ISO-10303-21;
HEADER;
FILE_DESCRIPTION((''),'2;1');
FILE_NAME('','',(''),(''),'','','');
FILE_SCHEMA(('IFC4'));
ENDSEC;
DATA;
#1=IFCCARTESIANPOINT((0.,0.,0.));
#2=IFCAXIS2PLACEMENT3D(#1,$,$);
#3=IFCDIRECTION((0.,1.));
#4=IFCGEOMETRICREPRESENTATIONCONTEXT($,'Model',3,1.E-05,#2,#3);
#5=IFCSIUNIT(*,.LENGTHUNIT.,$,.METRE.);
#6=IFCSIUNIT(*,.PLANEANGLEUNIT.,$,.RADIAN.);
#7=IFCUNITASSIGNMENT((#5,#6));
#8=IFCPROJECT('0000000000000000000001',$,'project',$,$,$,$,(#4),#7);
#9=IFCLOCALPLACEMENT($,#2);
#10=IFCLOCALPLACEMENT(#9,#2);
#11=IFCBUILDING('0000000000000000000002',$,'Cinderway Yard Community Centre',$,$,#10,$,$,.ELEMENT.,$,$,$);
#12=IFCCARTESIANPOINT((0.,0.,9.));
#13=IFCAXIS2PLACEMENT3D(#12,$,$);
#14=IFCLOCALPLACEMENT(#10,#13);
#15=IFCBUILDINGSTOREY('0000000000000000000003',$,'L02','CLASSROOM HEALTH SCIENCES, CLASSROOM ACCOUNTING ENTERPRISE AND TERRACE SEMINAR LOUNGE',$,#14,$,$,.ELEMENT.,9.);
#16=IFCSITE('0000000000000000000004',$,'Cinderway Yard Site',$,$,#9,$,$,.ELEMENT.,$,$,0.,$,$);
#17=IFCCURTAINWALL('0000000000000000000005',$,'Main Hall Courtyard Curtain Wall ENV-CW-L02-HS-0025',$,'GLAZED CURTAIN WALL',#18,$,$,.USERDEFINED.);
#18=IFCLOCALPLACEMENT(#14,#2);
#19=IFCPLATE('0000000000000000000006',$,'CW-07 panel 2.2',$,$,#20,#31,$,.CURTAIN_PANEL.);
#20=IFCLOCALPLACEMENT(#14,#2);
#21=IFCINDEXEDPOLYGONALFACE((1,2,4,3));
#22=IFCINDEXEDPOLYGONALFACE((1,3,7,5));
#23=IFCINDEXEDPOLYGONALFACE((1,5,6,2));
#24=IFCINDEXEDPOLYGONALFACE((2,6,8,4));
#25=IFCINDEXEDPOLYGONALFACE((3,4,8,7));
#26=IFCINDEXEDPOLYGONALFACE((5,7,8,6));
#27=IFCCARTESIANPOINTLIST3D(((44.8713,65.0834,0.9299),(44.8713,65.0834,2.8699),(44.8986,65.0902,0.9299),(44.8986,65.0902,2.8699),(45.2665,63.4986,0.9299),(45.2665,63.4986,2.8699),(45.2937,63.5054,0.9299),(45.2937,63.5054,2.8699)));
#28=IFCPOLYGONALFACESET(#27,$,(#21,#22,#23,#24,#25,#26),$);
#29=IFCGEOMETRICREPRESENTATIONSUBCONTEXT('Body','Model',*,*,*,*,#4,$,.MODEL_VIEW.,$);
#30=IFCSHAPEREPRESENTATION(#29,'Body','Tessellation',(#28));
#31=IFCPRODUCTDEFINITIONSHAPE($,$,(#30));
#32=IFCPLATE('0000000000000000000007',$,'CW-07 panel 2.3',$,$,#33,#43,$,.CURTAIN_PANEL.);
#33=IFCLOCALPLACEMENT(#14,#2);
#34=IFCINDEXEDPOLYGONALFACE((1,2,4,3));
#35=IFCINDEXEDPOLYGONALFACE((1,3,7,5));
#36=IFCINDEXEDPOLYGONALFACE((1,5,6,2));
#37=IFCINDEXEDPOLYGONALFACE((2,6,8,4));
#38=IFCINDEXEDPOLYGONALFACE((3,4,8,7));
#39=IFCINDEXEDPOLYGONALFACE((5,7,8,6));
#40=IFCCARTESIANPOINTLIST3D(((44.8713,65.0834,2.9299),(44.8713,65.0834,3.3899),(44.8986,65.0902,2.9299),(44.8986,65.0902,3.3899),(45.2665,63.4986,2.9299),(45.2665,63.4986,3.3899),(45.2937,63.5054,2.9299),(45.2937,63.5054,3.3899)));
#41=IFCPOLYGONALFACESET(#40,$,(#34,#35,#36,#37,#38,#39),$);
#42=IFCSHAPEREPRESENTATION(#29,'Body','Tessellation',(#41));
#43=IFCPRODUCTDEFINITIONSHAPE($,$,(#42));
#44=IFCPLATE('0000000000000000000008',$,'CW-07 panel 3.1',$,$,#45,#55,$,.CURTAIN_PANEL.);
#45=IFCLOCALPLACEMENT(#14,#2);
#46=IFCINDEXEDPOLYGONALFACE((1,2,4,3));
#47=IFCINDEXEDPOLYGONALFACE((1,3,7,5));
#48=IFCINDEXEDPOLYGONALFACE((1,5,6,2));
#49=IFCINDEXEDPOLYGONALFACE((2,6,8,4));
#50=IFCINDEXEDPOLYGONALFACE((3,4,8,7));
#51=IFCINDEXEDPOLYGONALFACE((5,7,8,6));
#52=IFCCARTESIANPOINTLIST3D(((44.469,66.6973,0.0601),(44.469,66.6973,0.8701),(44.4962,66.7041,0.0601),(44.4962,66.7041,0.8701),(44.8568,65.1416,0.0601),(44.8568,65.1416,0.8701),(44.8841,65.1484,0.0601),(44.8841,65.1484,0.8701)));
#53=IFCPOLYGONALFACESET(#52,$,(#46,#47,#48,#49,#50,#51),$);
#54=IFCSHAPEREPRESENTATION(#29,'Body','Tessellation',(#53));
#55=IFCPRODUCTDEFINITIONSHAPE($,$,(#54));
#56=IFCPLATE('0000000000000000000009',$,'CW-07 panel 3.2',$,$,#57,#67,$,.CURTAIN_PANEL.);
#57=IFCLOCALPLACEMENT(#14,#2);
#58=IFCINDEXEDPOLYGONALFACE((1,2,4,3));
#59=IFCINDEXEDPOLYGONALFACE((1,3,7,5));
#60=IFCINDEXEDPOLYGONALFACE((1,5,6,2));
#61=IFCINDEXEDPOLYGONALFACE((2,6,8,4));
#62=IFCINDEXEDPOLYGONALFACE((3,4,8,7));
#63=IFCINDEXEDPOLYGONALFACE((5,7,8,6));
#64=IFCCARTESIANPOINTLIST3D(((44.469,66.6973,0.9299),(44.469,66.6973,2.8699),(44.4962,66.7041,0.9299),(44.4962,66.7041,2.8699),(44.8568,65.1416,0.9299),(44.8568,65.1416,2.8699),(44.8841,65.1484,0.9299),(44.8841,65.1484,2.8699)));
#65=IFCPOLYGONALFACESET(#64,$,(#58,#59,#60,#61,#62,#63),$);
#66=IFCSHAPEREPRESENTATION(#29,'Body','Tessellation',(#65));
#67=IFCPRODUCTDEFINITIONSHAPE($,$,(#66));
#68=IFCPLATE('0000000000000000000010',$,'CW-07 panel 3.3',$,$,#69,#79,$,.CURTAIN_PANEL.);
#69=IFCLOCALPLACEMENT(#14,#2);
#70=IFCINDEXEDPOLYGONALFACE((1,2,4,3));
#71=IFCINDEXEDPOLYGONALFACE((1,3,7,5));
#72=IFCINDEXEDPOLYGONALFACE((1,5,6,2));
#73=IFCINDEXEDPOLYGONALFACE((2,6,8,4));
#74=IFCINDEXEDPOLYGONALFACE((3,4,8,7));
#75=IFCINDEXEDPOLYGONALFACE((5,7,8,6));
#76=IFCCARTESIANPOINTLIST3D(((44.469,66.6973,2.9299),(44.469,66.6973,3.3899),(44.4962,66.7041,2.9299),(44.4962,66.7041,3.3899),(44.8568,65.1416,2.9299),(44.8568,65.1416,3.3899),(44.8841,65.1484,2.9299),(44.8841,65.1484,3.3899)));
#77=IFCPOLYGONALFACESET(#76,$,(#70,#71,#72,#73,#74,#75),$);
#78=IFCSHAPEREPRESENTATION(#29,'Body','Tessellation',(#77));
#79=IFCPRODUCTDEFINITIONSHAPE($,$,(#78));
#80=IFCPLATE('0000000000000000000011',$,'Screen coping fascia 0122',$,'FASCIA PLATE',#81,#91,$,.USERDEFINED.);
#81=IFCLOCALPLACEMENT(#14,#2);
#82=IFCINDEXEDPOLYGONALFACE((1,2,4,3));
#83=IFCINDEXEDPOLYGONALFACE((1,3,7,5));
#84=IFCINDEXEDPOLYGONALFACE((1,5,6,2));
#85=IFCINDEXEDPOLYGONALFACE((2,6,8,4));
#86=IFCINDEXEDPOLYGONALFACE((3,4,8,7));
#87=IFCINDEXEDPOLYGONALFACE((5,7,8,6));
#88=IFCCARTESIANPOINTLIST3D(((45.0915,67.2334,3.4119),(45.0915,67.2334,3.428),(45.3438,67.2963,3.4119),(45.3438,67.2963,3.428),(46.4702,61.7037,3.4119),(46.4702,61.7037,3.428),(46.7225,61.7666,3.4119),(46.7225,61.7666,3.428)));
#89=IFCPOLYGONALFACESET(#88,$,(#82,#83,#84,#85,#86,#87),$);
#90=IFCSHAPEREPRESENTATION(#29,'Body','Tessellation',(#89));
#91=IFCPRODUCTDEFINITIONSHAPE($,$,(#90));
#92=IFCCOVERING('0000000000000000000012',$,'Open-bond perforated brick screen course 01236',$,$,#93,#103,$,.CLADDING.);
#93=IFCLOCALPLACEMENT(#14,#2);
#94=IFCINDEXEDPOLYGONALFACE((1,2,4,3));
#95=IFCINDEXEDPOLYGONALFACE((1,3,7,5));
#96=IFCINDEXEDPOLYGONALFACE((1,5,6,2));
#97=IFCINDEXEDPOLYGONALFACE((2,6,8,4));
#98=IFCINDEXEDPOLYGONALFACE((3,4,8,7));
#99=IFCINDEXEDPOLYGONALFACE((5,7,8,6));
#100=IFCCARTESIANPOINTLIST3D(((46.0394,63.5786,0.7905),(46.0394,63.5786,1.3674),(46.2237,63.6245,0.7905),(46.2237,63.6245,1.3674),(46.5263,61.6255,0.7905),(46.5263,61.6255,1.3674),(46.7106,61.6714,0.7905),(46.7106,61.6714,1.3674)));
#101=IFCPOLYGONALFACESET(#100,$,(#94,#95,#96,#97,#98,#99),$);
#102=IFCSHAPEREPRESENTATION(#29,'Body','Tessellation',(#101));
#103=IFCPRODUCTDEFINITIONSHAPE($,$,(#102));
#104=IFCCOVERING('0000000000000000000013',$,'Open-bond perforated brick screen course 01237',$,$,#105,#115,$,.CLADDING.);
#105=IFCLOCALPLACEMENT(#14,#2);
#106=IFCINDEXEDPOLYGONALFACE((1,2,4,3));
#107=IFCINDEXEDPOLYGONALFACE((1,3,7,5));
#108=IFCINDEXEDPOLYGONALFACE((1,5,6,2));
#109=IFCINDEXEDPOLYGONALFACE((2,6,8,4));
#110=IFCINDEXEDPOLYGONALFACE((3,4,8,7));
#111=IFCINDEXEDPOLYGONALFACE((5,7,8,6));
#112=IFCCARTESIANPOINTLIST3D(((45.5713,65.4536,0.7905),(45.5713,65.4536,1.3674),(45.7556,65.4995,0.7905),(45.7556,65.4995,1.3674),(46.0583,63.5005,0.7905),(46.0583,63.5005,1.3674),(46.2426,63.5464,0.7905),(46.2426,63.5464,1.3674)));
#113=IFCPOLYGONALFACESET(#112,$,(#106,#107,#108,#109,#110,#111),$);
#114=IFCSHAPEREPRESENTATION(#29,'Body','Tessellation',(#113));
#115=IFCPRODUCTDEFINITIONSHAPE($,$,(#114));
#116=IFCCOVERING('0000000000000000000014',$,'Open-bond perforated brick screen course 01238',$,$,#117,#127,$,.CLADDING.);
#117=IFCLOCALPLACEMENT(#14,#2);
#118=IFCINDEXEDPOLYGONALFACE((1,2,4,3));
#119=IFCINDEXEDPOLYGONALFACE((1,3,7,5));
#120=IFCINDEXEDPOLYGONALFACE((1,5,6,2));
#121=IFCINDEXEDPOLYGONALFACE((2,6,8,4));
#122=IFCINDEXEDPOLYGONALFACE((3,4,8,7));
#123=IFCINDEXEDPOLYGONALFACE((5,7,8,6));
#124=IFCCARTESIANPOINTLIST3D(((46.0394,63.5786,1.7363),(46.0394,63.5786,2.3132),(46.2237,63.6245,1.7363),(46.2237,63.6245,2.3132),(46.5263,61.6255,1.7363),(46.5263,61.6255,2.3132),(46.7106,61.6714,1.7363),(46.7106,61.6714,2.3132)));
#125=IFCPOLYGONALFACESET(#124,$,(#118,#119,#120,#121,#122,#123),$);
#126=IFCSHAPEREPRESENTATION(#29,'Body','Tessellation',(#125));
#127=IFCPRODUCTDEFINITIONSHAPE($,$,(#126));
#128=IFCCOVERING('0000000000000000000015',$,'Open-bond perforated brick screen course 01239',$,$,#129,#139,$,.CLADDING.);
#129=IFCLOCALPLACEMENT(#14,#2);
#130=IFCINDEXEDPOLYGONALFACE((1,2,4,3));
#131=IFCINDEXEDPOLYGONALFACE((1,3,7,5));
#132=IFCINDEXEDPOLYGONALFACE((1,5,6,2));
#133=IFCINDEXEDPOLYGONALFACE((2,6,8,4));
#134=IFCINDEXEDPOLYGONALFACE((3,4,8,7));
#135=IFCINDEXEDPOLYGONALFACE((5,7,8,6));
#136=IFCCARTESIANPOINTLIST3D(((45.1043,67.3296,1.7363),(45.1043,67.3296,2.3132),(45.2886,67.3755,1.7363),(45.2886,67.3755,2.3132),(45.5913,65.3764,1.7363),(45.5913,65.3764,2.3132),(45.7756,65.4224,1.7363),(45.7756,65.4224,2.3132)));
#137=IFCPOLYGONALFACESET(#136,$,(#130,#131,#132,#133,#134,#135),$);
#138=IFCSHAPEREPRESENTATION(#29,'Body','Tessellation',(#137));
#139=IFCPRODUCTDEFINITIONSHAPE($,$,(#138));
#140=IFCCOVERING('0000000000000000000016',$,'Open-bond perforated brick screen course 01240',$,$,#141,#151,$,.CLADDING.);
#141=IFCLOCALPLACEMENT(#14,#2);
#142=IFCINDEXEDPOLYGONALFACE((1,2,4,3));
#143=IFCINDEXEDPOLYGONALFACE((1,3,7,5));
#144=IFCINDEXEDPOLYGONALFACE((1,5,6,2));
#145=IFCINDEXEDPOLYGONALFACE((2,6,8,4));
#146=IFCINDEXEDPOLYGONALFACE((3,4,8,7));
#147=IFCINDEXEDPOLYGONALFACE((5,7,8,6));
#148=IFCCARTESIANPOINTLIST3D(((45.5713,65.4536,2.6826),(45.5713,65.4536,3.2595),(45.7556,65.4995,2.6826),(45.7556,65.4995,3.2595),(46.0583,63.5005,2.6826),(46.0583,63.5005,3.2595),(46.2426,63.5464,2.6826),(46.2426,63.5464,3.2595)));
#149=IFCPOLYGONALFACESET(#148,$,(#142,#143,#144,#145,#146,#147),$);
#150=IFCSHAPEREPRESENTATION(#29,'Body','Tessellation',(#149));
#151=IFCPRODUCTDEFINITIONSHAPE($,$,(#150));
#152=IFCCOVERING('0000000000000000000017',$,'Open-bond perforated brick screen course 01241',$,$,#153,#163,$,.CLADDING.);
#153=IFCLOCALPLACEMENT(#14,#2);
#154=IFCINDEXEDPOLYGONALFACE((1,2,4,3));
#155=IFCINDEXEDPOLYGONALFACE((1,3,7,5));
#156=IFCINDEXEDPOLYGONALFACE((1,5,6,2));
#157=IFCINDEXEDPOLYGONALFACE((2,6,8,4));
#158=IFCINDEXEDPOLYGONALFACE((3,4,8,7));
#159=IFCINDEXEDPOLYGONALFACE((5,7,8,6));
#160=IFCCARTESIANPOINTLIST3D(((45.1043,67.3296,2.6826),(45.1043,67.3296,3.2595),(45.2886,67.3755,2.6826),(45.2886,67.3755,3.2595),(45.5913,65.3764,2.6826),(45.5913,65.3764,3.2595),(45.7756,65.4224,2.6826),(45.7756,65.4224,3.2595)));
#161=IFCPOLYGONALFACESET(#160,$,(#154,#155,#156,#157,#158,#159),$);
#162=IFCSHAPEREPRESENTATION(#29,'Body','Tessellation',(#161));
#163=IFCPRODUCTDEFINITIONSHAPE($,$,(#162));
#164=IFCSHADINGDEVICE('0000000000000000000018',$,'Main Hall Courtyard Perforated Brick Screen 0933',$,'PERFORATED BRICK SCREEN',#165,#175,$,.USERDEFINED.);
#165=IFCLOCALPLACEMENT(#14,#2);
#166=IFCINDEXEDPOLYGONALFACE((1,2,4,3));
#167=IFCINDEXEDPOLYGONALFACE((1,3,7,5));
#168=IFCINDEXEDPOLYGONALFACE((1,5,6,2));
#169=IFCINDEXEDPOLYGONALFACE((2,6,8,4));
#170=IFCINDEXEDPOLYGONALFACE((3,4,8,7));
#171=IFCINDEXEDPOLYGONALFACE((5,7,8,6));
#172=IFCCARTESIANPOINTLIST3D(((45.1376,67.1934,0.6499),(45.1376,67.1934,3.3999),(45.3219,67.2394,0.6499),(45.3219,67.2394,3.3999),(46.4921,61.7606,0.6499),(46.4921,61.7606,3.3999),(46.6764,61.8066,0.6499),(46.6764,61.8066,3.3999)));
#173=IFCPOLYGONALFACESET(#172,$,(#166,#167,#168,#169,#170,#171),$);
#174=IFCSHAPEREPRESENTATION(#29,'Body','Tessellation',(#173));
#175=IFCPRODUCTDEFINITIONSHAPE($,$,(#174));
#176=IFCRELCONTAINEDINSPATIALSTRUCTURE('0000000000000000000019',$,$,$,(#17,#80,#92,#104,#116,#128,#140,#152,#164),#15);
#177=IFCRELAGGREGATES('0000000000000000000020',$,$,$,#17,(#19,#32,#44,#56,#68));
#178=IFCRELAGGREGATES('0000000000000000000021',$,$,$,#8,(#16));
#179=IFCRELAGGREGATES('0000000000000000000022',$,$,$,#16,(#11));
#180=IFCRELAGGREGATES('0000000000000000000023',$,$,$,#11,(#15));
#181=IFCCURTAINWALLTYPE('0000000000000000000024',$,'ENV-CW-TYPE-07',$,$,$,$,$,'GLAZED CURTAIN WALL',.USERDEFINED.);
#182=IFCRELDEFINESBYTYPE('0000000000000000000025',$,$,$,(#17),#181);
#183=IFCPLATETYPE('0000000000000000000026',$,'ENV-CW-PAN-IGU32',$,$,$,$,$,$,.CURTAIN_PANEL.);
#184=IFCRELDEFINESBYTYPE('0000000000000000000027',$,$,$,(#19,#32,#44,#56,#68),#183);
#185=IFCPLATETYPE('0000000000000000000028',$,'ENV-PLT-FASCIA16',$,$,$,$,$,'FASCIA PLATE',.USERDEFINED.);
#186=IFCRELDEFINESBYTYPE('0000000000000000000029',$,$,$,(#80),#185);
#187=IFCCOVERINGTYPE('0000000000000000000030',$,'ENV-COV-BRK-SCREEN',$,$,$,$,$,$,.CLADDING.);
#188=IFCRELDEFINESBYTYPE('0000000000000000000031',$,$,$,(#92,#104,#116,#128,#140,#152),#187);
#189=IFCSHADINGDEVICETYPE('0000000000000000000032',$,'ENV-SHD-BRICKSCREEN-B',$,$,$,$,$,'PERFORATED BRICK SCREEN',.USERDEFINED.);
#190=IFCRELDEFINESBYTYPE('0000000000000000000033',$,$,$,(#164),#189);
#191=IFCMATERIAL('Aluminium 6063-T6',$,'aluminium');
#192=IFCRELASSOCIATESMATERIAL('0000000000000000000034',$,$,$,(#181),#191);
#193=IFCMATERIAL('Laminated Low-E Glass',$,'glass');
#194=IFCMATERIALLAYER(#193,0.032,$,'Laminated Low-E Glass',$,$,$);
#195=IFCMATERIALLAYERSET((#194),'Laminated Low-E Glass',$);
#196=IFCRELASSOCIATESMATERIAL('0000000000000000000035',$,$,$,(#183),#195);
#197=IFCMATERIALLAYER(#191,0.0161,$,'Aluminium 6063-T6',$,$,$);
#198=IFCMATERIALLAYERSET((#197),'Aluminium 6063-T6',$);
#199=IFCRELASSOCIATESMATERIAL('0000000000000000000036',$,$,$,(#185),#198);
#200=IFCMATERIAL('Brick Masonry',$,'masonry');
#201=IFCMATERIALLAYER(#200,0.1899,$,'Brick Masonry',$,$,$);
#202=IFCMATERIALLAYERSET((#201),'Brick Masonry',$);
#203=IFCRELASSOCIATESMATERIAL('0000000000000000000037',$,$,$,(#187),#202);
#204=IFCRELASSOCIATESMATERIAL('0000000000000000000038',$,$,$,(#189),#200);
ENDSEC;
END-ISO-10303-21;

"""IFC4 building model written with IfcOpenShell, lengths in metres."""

from ifc_helpers import new_model, si_unit, direction, frame, origin, origin_2d, place, context, subcontext, project, spatial, rectangle, extrude, material, layer, layer_set, type_object, element, aggregate, save


model = new_model("IFC4")

# Units and contexts
model_context = context("Model", 3, precision=1e-05, world=origin(), true_north=direction((0.0, 1.0)))
body_context = subcontext(model_context, "Body", "Model", "MODEL_VIEW")
ifc_project = project(units=[si_unit("LENGTHUNIT", "METRE"), si_unit("PLANEANGLEUNIT", "RADIAN")], contexts=[model_context])

# Site, building, storey
site_placement = place(None, origin())
site = spatial("IfcSite", under=ifc_project, at=site_placement, Name="Cinderway Yard Site", CompositionType="ELEMENT", RefElevation=0.0)
building_placement = place(site_placement, origin())
building = spatial("IfcBuilding", under=site, at=building_placement, Name="Cinderway Yard Community Centre", CompositionType="ELEMENT")
storey_placement = place(building_placement, frame((0.0, 0.0, 9.0)))
storey = spatial("IfcBuildingStorey", under=building, at=storey_placement, Name="L02", Description="CLASSROOM HEALTH SCIENCES, CLASSROOM ACCOUNTING ENTERPRISE AND TERRACE SEMINAR LOUNGE", CompositionType="ELEMENT", Elevation=9.0)

# Curtain wall
ifc_material_1 = material(Name="Aluminium 6063-T6", Category="aluminium")
curtain_wall_type = type_object("IfcCurtainWallType", Name="ENV-CW-TYPE-07", ElementType="GLAZED CURTAIN WALL", PredefinedType="USERDEFINED", material=ifc_material_1)
curtain_wall_placement = place(storey_placement, origin())
curtain_wall = element("IfcCurtainWall", 1, at=curtain_wall_placement, inside=storey, type_object=curtain_wall_type, Name="Main Hall Courtyard Curtain Wall ENV-CW-L02-HS-0025", ObjectType="GLAZED CURTAIN WALL", PredefinedType="USERDEFINED")

# Plates
ifc_material_2 = material(Name="Laminated Low-E Glass", Category="glass")
ifc_layer_1 = layer(ifc_material_2, 0.032, Name="Laminated Low-E Glass")
ifc_layer_set_1 = layer_set([ifc_layer_1], Name="Laminated Low-E Glass")
plate_type_1 = type_object("IfcPlateType", Name="ENV-CW-PAN-IGU32", PredefinedType="CURTAIN_PANEL", material=ifc_layer_set_1)
plate_1_placement = place(storey_placement, frame((45.0825, 64.2944, 0.9299), z_axis=(0.0, 0.0, 1.0), x_axis=(-0.241933, 0.970293, 0.0)))
plate_1 = element("IfcPlate", 2, at=plate_1_placement, type_object=plate_type_1, Name="CW-07 panel 2.2", PredefinedType="CURTAIN_PANEL", context=body_context, shape_type="SweptSolid", body=[
    extrude(rectangle(XDim=1.6333, YDim=0.0281, at=origin_2d()), origin(), (0.0, 0.0, 1.0), 1.9399),
])
plate_2_placement = place(storey_placement, frame((45.0825, 64.2944, 2.9299), z_axis=(0.0, 0.0, 1.0), x_axis=(-0.241933, 0.970293, 0.0)))
plate_2 = element("IfcPlate", 3, at=plate_2_placement, type_object=plate_type_1, Name="CW-07 panel 2.3", PredefinedType="CURTAIN_PANEL", context=body_context, shape_type="SweptSolid", body=[
    extrude(rectangle(XDim=1.6333, YDim=0.0281, at=origin_2d()), origin(), (0.0, 0.0, 1.0), 0.46),
])
plate_3_placement = place(storey_placement, frame((44.6765, 65.9229, 0.0601), z_axis=(0.0, 0.0, 1.0), x_axis=(-0.241933, 0.970293, 0.0)))
plate_3 = element("IfcPlate", 4, at=plate_3_placement, type_object=plate_type_1, Name="CW-07 panel 3.1", PredefinedType="CURTAIN_PANEL", context=body_context, shape_type="SweptSolid", body=[
    extrude(rectangle(XDim=1.6033, YDim=0.0281, at=origin_2d()), origin(), (0.0, 0.0, 1.0), 0.8101),
])
plate_4_placement = place(storey_placement, frame((44.6765, 65.9229, 0.9299), z_axis=(0.0, 0.0, 1.0), x_axis=(-0.241933, 0.970293, 0.0)))
plate_4 = element("IfcPlate", 5, at=plate_4_placement, type_object=plate_type_1, Name="CW-07 panel 3.2", PredefinedType="CURTAIN_PANEL", context=body_context, shape_type="SweptSolid", body=[
    extrude(rectangle(XDim=1.6033, YDim=0.0281, at=origin_2d()), origin(), (0.0, 0.0, 1.0), 1.9399),
])
plate_5_placement = place(storey_placement, frame((44.6765, 65.9229, 2.9299), z_axis=(0.0, 0.0, 1.0), x_axis=(-0.241933, 0.970293, 0.0)))
plate_5 = element("IfcPlate", 6, at=plate_5_placement, type_object=plate_type_1, Name="CW-07 panel 3.3", PredefinedType="CURTAIN_PANEL", context=body_context, shape_type="SweptSolid", body=[
    extrude(rectangle(XDim=1.6033, YDim=0.0281, at=origin_2d()), origin(), (0.0, 0.0, 1.0), 0.46),
])
aggregate(curtain_wall, [plate_1, plate_2, plate_3, plate_4, plate_5])
ifc_layer_2 = layer(ifc_material_1, 0.0161, Name="Aluminium 6063-T6")
ifc_layer_set_2 = layer_set([ifc_layer_2], Name="Aluminium 6063-T6")
plate_type_2 = type_object("IfcPlateType", Name="ENV-PLT-FASCIA16", ElementType="FASCIA PLATE", PredefinedType="USERDEFINED", material=ifc_layer_set_2)
plate_6_placement = place(storey_placement, frame((45.907, 64.5, 3.4119), z_axis=(0.0, 0.0, 1.0), x_axis=(0.241922, -0.970296, 0.0)))
element("IfcPlate", 7, at=plate_6_placement, inside=storey, type_object=plate_type_2, Name="Screen coping fascia 0122", ObjectType="FASCIA PLATE", PredefinedType="USERDEFINED", context=body_context, shape_type="SweptSolid", body=[
    extrude(rectangle(XDim=5.699, YDim=0.26, at=origin_2d()), origin(), (0.0, 0.0, 1.0), 0.0161),
])

# Coverings
ifc_material_3 = material(Name="Brick Masonry", Category="masonry")
ifc_layer_3 = layer(ifc_material_3, 0.1899, Name="Brick Masonry")
ifc_layer_set_3 = layer_set([ifc_layer_3], Name="Brick Masonry")
covering_type = type_object("IfcCoveringType", Name="ENV-COV-BRK-SCREEN", PredefinedType="CLADDING", material=ifc_layer_set_3)
for number, where, z_axis, x_axis, name in (
    (8, (46.375, 62.625, 0.7905), (0.0, 0.0, 1.0), (0.241922, -0.970296, 0.0), "Open-bond perforated brick screen course 01236"),
    (9, (45.907, 64.5, 0.7905), (0.0, 0.0, 1.0), (0.241922, -0.970296, 0.0), "Open-bond perforated brick screen course 01237"),
    (10, (46.375, 62.625, 1.7363), (0.0, 0.0, 1.0), (0.241922, -0.970296, 0.0), "Open-bond perforated brick screen course 01238"),
    (11, (45.4399, 66.376, 1.7363), (0.0, 0.0, 1.0), (0.241922, -0.970296, 0.0), "Open-bond perforated brick screen course 01239"),
    (12, (45.907, 64.5, 2.6826), (0.0, 0.0, 1.0), (0.241922, -0.970296, 0.0), "Open-bond perforated brick screen course 01240"),
    (13, (45.4399, 66.376, 2.6826), (0.0, 0.0, 1.0), (0.241922, -0.970296, 0.0), "Open-bond perforated brick screen course 01241"),
):
    element("IfcCovering", number, at=place(storey_placement, frame(where, z_axis=z_axis, x_axis=x_axis)), inside=storey, type_object=covering_type, Name=name, PredefinedType="CLADDING", context=body_context, shape_type="SweptSolid", body=[
        extrude(rectangle(XDim=2.0129, YDim=0.1899, at=origin_2d()), origin(), (0.0, 0.0, 1.0), 0.5769),
    ])

# Shading device
shading_device_type = type_object("IfcShadingDeviceType", Name="ENV-SHD-BRICKSCREEN-B", ElementType="PERFORATED BRICK SCREEN", PredefinedType="USERDEFINED", material=ifc_material_3)
shading_device_placement = place(storey_placement, frame((45.907, 64.5, 0.6499), z_axis=(0.0, 0.0, 1.0), x_axis=(0.241922, -0.970296, 0.0)))
element("IfcShadingDevice", 14, at=shading_device_placement, inside=storey, type_object=shading_device_type, Name="Main Hall Courtyard Perforated Brick Screen 0933", ObjectType="PERFORATED BRICK SCREEN", PredefinedType="USERDEFINED", context=body_context, shape_type="SweptSolid", body=[
    extrude(rectangle(XDim=5.5991, YDim=0.1899, at=origin_2d()), origin(), (0.0, 0.0, 1.0), 2.75),
])

save(model, "model.ifc")
